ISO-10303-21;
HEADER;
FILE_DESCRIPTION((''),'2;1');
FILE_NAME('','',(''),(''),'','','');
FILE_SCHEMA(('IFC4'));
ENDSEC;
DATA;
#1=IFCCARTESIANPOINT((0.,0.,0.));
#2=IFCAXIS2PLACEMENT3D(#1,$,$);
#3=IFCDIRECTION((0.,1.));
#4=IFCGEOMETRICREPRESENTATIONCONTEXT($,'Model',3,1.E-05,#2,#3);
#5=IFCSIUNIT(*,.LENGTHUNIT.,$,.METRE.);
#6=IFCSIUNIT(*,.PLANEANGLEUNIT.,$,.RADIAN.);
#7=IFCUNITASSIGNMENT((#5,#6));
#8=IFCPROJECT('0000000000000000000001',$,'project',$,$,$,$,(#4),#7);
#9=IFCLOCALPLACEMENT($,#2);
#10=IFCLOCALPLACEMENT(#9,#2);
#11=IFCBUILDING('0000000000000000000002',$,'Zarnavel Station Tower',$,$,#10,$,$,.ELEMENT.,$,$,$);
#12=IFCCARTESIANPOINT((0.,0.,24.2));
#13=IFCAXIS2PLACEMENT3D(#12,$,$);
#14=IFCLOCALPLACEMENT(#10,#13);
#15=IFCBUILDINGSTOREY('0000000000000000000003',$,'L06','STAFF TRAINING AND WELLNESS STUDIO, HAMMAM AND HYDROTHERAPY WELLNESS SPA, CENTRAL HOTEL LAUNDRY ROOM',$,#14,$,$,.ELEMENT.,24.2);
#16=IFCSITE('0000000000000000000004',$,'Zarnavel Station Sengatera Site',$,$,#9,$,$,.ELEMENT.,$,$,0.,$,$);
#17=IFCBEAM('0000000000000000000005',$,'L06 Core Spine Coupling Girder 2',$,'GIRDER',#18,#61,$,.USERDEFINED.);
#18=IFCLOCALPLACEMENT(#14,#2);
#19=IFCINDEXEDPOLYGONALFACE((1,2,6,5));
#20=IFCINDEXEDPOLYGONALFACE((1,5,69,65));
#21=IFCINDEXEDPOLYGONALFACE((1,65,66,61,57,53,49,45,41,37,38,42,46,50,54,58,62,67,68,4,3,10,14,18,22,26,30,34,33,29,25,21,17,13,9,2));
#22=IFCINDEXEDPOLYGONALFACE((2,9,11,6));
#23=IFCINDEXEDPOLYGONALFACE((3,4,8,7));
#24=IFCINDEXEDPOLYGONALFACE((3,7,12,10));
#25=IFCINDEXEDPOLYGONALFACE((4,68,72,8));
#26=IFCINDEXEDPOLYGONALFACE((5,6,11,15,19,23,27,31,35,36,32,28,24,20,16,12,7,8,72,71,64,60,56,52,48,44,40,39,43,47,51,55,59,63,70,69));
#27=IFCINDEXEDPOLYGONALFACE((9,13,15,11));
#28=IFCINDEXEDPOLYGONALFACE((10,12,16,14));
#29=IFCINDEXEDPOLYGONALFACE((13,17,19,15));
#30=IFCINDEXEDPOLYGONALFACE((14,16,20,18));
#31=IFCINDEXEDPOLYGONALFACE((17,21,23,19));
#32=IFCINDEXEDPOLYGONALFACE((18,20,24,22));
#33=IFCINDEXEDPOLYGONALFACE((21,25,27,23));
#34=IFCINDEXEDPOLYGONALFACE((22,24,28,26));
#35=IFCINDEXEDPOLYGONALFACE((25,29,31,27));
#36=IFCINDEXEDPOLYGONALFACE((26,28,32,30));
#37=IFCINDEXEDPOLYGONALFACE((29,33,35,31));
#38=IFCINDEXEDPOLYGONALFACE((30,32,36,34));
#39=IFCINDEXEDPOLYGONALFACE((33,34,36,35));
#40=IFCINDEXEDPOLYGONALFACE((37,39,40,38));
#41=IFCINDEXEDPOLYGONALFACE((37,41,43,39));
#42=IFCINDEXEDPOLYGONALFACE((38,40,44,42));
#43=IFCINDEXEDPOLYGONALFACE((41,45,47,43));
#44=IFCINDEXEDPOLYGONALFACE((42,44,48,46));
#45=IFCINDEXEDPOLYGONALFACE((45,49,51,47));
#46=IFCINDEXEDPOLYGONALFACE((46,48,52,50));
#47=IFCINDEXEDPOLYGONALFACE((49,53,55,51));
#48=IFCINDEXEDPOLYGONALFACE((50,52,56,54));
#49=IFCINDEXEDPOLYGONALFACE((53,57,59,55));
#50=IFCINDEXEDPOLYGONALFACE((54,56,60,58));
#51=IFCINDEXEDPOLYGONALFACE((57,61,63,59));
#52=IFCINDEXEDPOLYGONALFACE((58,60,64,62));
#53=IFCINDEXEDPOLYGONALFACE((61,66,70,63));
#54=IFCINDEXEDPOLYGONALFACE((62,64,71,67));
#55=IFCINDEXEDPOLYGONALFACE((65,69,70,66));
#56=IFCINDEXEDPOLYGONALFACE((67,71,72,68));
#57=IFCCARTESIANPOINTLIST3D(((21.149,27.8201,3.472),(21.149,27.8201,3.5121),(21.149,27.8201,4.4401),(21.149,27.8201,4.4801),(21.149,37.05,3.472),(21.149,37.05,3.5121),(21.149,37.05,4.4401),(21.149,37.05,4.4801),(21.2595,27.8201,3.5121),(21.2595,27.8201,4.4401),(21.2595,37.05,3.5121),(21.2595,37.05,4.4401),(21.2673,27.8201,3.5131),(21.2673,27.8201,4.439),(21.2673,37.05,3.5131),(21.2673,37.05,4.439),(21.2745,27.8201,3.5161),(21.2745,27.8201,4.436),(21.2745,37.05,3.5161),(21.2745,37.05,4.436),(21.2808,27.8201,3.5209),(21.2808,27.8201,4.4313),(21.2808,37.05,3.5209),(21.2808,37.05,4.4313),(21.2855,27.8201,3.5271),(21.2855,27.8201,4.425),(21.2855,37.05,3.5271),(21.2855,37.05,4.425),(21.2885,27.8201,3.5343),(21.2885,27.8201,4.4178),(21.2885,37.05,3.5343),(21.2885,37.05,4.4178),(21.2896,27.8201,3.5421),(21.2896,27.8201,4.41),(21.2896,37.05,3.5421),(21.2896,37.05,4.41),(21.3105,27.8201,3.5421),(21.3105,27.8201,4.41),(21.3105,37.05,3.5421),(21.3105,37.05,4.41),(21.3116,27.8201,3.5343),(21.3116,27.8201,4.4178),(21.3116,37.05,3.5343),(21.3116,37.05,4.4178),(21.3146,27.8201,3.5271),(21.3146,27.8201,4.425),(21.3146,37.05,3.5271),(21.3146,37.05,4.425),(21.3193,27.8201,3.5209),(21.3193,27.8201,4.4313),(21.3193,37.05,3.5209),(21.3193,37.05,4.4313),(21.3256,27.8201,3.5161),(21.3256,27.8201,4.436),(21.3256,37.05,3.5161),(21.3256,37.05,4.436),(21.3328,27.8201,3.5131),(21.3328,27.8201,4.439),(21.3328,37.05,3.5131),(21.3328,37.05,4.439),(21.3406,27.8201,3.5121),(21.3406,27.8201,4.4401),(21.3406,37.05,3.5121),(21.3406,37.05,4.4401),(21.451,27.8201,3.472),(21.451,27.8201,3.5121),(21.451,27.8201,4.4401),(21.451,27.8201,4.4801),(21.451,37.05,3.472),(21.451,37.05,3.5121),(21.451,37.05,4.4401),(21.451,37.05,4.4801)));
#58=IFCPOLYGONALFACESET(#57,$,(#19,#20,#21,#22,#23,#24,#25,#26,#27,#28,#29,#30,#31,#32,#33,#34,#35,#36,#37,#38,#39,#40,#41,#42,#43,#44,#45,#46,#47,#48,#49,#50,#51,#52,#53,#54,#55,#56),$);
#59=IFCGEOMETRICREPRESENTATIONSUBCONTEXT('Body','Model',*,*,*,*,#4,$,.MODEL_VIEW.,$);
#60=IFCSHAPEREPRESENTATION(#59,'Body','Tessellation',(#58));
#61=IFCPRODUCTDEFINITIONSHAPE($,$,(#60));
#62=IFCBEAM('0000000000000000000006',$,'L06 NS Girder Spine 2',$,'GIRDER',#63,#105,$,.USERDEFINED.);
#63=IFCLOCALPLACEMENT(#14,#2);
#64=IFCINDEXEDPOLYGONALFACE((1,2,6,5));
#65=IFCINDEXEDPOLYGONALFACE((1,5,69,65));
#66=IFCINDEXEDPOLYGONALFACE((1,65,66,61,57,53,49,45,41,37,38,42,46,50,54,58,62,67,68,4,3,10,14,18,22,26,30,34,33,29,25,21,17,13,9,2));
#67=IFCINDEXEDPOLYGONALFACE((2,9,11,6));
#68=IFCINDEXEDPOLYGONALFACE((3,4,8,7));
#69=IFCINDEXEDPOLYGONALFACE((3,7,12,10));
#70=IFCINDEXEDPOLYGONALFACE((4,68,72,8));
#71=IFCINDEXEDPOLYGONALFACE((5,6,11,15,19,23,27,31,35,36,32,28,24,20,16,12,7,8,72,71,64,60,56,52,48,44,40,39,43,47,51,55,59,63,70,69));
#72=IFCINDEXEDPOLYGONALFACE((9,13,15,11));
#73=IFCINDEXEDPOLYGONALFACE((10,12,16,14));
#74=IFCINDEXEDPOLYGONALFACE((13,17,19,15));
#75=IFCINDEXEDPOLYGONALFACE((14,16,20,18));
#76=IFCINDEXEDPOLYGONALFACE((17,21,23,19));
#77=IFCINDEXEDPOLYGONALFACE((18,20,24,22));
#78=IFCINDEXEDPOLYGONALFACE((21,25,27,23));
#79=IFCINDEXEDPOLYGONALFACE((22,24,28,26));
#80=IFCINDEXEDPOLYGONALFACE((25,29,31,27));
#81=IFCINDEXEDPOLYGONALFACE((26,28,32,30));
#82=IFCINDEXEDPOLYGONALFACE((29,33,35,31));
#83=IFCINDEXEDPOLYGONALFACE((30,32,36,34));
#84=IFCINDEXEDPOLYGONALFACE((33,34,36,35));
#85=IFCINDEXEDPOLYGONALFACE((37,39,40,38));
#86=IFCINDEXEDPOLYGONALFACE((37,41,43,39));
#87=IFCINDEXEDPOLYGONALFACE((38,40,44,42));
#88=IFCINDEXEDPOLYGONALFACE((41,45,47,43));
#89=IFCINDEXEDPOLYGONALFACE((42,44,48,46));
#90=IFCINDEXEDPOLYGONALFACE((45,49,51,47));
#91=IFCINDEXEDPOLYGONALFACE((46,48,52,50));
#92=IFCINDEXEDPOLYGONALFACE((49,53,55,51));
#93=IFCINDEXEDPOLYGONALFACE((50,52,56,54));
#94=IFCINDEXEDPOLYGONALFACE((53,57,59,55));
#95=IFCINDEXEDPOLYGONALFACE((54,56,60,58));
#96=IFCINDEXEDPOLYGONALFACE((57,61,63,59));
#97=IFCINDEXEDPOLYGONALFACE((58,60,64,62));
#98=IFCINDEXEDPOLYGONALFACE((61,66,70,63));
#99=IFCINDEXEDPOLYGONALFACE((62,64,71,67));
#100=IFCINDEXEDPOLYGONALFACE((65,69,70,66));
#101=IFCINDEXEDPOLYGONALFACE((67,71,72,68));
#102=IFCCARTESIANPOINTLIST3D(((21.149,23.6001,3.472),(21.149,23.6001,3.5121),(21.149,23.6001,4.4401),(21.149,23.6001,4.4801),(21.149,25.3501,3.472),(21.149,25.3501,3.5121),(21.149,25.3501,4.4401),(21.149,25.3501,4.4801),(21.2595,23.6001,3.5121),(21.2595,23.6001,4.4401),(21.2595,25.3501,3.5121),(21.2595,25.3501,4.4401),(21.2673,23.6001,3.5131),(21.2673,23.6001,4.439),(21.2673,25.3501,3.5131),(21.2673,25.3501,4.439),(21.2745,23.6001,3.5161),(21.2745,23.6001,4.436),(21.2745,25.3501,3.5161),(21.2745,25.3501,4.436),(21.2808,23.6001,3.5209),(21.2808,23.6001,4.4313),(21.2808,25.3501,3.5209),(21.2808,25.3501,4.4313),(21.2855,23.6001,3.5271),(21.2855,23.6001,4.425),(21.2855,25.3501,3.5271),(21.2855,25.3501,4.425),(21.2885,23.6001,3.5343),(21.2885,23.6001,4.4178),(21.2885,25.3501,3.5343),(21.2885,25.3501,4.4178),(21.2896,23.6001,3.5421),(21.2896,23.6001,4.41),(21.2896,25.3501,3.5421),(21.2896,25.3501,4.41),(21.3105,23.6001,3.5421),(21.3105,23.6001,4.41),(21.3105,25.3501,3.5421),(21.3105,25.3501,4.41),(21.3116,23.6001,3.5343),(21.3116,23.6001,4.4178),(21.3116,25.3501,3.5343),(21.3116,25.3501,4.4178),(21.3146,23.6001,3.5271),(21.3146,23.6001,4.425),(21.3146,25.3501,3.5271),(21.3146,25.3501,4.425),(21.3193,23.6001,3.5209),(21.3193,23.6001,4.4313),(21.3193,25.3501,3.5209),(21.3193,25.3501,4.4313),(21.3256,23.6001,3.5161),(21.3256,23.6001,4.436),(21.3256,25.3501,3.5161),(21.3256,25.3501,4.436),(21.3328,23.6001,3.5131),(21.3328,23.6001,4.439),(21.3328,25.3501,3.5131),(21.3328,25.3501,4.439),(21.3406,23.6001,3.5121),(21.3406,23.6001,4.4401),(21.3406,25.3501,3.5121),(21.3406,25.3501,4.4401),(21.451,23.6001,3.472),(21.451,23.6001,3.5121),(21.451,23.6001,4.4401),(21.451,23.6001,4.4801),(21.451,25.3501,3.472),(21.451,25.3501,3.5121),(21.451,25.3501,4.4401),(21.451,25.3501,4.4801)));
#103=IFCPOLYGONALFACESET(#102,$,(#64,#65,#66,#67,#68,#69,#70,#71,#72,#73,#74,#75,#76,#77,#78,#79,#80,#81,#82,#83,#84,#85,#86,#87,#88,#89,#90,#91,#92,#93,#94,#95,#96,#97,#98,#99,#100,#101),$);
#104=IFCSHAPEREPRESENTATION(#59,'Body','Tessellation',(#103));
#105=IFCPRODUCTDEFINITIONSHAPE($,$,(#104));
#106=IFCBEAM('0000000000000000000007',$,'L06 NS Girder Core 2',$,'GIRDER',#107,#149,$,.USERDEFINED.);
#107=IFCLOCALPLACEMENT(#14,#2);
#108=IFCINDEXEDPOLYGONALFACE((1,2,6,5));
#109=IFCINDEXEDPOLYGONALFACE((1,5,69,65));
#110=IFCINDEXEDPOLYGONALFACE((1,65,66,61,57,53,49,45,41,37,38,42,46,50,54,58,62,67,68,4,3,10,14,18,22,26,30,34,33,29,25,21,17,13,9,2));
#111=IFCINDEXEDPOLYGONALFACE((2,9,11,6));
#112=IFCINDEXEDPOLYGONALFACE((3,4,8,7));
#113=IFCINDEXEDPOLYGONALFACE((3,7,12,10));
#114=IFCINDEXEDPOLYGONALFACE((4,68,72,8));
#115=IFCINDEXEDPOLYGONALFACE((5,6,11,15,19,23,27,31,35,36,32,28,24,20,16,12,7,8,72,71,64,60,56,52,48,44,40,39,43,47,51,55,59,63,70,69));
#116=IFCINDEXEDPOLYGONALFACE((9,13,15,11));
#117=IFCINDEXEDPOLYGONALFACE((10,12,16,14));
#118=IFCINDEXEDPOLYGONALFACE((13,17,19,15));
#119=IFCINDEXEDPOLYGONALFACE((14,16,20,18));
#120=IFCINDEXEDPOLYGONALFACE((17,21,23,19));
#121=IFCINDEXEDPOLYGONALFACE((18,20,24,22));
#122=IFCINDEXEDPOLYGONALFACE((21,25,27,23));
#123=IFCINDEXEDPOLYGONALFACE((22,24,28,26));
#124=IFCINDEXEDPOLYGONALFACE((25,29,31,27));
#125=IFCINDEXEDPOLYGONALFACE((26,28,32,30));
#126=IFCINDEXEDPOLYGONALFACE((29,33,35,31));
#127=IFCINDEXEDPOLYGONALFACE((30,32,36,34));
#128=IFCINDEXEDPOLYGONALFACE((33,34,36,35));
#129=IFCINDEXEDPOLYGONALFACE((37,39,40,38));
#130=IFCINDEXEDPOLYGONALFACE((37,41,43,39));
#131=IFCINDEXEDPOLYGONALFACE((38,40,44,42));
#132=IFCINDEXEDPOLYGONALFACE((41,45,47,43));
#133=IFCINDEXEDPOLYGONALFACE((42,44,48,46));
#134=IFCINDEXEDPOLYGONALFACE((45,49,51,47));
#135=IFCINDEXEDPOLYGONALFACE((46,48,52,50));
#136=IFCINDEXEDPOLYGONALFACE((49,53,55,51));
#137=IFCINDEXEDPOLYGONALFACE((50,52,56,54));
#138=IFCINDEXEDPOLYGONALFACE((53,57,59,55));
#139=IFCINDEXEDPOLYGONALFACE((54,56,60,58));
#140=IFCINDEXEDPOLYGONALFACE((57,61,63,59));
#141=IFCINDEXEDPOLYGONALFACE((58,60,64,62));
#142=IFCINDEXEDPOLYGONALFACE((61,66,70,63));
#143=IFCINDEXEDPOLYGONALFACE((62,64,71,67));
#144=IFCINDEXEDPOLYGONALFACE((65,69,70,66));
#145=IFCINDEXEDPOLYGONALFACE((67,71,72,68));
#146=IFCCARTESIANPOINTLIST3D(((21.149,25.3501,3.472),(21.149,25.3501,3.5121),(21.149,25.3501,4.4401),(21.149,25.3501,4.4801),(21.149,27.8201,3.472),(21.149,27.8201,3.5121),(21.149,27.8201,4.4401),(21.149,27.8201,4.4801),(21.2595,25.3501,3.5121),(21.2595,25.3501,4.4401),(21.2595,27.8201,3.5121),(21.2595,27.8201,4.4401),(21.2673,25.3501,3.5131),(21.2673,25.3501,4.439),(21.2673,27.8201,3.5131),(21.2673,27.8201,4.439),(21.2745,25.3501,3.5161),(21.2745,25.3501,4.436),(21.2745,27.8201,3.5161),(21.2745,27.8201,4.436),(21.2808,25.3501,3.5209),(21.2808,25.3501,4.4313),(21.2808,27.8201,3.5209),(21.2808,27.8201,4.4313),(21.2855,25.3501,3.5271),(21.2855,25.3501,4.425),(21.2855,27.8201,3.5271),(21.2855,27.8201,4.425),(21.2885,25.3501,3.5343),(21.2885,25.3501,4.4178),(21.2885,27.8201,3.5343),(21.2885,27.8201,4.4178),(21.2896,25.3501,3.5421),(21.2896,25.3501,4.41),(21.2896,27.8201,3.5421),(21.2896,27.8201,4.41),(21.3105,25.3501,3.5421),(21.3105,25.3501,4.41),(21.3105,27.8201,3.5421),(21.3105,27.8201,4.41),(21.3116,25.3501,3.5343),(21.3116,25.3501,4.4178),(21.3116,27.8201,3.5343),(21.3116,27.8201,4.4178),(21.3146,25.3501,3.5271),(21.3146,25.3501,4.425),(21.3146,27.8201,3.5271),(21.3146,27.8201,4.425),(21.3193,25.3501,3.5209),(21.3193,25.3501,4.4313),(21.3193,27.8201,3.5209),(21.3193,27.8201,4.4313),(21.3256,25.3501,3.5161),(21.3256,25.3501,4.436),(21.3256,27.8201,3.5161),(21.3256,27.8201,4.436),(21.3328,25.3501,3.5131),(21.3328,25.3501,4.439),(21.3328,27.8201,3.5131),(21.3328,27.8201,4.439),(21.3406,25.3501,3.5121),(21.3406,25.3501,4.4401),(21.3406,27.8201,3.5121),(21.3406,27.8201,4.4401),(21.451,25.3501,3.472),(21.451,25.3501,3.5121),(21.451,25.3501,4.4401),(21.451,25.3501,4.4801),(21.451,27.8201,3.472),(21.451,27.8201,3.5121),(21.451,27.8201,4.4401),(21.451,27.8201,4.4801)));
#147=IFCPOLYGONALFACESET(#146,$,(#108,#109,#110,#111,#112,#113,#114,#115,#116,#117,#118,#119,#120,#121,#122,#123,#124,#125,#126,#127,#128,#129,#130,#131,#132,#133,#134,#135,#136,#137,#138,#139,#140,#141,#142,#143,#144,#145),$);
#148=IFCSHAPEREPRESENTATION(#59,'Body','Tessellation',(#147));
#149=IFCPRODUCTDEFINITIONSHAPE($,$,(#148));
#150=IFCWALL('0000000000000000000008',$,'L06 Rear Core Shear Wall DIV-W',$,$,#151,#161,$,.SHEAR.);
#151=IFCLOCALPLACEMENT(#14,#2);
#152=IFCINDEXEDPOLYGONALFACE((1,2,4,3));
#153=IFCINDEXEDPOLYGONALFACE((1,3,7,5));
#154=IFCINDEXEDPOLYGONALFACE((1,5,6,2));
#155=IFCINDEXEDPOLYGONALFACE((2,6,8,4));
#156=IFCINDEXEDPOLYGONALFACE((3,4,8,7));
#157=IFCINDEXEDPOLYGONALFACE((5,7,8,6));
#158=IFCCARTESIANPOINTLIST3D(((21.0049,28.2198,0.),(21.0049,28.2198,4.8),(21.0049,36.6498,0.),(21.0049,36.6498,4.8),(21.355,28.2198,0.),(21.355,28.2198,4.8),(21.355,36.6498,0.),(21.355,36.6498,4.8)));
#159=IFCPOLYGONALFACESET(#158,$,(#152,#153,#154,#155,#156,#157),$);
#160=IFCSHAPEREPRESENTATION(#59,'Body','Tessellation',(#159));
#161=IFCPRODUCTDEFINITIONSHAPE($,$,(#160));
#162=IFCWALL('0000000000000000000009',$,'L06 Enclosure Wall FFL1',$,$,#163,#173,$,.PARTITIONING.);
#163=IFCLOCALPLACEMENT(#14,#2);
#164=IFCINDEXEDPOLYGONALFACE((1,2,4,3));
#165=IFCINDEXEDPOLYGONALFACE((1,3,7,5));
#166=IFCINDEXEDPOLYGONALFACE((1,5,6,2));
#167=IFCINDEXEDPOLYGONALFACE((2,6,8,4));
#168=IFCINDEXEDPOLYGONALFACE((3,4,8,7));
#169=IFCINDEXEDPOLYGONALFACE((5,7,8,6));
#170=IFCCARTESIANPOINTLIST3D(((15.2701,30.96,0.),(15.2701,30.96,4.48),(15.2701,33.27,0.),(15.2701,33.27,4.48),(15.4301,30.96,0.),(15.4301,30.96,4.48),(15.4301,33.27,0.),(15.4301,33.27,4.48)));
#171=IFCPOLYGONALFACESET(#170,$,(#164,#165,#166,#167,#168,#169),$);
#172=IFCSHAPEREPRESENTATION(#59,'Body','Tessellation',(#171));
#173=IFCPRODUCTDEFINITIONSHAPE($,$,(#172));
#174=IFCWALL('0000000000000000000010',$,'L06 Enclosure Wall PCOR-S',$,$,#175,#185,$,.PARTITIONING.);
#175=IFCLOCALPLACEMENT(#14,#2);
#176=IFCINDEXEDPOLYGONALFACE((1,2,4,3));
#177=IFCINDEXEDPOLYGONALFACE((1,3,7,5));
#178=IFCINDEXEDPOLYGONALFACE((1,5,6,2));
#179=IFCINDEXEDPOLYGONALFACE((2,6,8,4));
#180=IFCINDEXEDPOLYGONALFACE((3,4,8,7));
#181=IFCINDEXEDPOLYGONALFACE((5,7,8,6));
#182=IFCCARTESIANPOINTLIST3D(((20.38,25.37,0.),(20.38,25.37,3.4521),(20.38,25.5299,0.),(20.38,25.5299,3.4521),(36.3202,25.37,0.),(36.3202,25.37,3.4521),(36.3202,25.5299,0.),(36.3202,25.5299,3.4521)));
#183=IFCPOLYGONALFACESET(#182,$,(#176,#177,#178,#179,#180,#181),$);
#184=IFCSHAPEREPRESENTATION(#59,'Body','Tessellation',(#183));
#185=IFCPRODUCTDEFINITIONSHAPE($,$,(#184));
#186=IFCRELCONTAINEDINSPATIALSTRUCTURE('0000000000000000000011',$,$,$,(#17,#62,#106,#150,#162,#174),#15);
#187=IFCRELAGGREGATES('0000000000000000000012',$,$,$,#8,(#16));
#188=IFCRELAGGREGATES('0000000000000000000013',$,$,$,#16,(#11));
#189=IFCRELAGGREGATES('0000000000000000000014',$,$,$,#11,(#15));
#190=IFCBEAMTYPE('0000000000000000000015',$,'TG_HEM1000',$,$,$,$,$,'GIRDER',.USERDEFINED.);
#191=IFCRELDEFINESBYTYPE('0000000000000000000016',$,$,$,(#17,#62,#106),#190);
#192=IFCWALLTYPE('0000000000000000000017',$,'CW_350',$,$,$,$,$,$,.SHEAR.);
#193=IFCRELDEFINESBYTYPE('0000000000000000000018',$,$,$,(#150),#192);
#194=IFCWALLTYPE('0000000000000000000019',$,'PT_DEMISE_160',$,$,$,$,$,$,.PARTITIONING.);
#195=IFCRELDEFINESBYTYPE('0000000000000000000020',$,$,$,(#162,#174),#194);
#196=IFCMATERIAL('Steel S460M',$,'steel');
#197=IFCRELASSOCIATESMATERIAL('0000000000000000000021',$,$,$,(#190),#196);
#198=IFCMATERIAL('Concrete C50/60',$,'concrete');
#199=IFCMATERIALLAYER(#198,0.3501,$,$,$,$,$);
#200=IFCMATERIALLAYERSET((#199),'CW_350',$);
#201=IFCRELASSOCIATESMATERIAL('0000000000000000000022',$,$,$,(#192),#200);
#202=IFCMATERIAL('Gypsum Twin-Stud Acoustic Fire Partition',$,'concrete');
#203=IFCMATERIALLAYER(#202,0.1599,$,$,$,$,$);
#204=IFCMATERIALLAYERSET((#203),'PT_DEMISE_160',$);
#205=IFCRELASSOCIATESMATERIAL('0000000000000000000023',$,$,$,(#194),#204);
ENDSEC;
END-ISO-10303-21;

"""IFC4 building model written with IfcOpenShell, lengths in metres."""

from ifc_helpers import new_model, si_unit, direction, frame, frame_2d, origin, origin_2d, place, context, subcontext, project, spatial, rectangle, i_section, extrude, material, layer, layer_set, material_profile, profile_set, type_object, element, save


model = new_model("IFC4")

# Units and contexts
model_context = context("Model", 3, precision=1e-05, world=origin(), true_north=direction((0.0, 1.0)))
body_context = subcontext(model_context, "Body", "Model", "MODEL_VIEW")
ifc_project = project(units=[si_unit("LENGTHUNIT", "METRE"), si_unit("PLANEANGLEUNIT", "RADIAN")], contexts=[model_context])

# Site, building, storey
site_placement = place(None, origin())
site = spatial("IfcSite", under=ifc_project, at=site_placement, Name="Zarnavel Station Sengatera Site", CompositionType="ELEMENT", RefElevation=0.0)
building_placement = place(site_placement, origin())
building = spatial("IfcBuilding", under=site, at=building_placement, Name="Zarnavel Station Tower", CompositionType="ELEMENT")
storey_placement = place(building_placement, frame((0.0, 0.0, 24.2)))
storey = spatial("IfcBuildingStorey", under=building, at=storey_placement, Name="L06", Description="STAFF TRAINING AND WELLNESS STUDIO, HAMMAM AND HYDROTHERAPY WELLNESS SPA, CENTRAL HOTEL LAUNDRY ROOM", CompositionType="ELEMENT", Elevation=24.2)

# Beams
ifc_material_1 = material(Name="Steel S460M", Category="steel")
ifc_material_profile_1 = material_profile(ifc_material_1, i_section(OverallWidth=0.302, OverallDepth=1.0081, WebThickness=0.021, FlangeThickness=0.04, FilletRadius=0.03, at=origin_2d()), Name="HEM1000")
ifc_profile_set_1 = profile_set([ifc_material_profile_1], Name="Steel S460M")
beam_type_1 = type_object("IfcBeamType", Name="TG_HEM1000", ElementType="GIRDER", PredefinedType="USERDEFINED", material=ifc_profile_set_1)
beam_1_placement = place(storey_placement, frame((21.3, 27.8201, 3.9761), z_axis=(0.0, 1.0, 0.0), x_axis=(-1.0, 0.0, 0.0)))
element("IfcBeam", 1, at=beam_1_placement, inside=storey, type_object=beam_type_1, Name="L06 Core Spine Coupling Girder 2", ObjectType="GIRDER", PredefinedType="USERDEFINED", context=body_context, shape_type="SweptSolid", body=[
    extrude(i_section(OverallWidth=0.302, OverallDepth=1.0081, WebThickness=0.021, FlangeThickness=0.04, FilletRadius=0.03, at=origin_2d()), origin(), (0.0, 0.0, 1.0), 9.23),
])
beam_2_placement = place(storey_placement, frame((21.3, 23.6001, 3.9761), z_axis=(0.0, 1.0, 0.0), x_axis=(-1.0, 0.0, 0.0)))
element("IfcBeam", 2, at=beam_2_placement, inside=storey, type_object=beam_type_1, Name="L06 NS Girder Spine 2", ObjectType="GIRDER", PredefinedType="USERDEFINED", context=body_context, shape_type="SweptSolid", body=[
    extrude(i_section(OverallWidth=0.302, OverallDepth=1.0081, WebThickness=0.021, FlangeThickness=0.04, FilletRadius=0.03, at=origin_2d()), origin(), (0.0, 0.0, 1.0), 1.75),
])
beam_3_placement = place(storey_placement, frame((21.3, 25.3501, 3.9761), z_axis=(0.0, 1.0, 0.0), x_axis=(-1.0, 0.0, 0.0)))
element("IfcBeam", 3, at=beam_3_placement, inside=storey, type_object=beam_type_1, Name="L06 NS Girder Core 2", ObjectType="GIRDER", PredefinedType="USERDEFINED", context=body_context, shape_type="SweptSolid", body=[
    extrude(i_section(OverallWidth=0.302, OverallDepth=1.0081, WebThickness=0.021, FlangeThickness=0.04, FilletRadius=0.03, at=origin_2d()), origin(), (0.0, 0.0, 1.0), 2.47),
])

# Wall
ifc_material_2 = material(Name="Concrete C50/60", Category="concrete")
ifc_layer_1 = layer(ifc_material_2, 0.3501)
ifc_layer_set_1 = layer_set([ifc_layer_1], Name="CW_350")
wall_type_1 = type_object("IfcWallType", Name="CW_350", PredefinedType="SHEAR", material=ifc_layer_set_1)
wall_1_placement = place(storey_placement, frame((21.1799, 28.22, 0.0), z_axis=(0.0, 0.0, 1.0), x_axis=(0.0, 1.0, 0.0)))
element("IfcWall", 4, at=wall_1_placement, inside=storey, type_object=wall_type_1, Name="L06 Rear Core Shear Wall DIV-W", PredefinedType="SHEAR", context=body_context, shape_type="SweptSolid", body=[
    extrude(rectangle(XDim=8.4299, YDim=0.3501, at=frame_2d((4.2148, 0.0))), origin(), (0.0, 0.0, 1.0), 4.8),
])

# Walls
ifc_material_3 = material(Name="Gypsum Twin-Stud Acoustic Fire Partition", Category="concrete")
ifc_layer_2 = layer(ifc_material_3, 0.1599)
ifc_layer_set_2 = layer_set([ifc_layer_2], Name="PT_DEMISE_160")
wall_type_2 = type_object("IfcWallType", Name="PT_DEMISE_160", PredefinedType="PARTITIONING", material=ifc_layer_set_2)
wall_2_placement = place(storey_placement, frame((15.3501, 30.96, 0.0), z_axis=(0.0, 0.0, 1.0), x_axis=(0.0, 1.0, 0.0)))
element("IfcWall", 5, at=wall_2_placement, inside=storey, type_object=wall_type_2, Name="L06 Enclosure Wall FFL1", PredefinedType="PARTITIONING", context=body_context, shape_type="SweptSolid", body=[
    extrude(rectangle(XDim=2.3101, YDim=0.1599, at=frame_2d((1.155, 0.0))), origin(), (0.0, 0.0, 1.0), 4.48),
])
wall_3_placement = place(storey_placement, frame((20.3799, 25.45, 0.0), z_axis=(0.0, 0.0, 1.0), x_axis=(1.0, 0.0, 0.0)))
element("IfcWall", 6, at=wall_3_placement, inside=storey, type_object=wall_type_2, Name="L06 Enclosure Wall PCOR-S", PredefinedType="PARTITIONING", context=body_context, shape_type="SweptSolid", body=[
    extrude(rectangle(XDim=15.9402, YDim=0.1599, at=frame_2d((7.9702, 0.0))), origin(), (0.0, 0.0, 1.0), 3.4521),
])

save(model, "model.ifc")
